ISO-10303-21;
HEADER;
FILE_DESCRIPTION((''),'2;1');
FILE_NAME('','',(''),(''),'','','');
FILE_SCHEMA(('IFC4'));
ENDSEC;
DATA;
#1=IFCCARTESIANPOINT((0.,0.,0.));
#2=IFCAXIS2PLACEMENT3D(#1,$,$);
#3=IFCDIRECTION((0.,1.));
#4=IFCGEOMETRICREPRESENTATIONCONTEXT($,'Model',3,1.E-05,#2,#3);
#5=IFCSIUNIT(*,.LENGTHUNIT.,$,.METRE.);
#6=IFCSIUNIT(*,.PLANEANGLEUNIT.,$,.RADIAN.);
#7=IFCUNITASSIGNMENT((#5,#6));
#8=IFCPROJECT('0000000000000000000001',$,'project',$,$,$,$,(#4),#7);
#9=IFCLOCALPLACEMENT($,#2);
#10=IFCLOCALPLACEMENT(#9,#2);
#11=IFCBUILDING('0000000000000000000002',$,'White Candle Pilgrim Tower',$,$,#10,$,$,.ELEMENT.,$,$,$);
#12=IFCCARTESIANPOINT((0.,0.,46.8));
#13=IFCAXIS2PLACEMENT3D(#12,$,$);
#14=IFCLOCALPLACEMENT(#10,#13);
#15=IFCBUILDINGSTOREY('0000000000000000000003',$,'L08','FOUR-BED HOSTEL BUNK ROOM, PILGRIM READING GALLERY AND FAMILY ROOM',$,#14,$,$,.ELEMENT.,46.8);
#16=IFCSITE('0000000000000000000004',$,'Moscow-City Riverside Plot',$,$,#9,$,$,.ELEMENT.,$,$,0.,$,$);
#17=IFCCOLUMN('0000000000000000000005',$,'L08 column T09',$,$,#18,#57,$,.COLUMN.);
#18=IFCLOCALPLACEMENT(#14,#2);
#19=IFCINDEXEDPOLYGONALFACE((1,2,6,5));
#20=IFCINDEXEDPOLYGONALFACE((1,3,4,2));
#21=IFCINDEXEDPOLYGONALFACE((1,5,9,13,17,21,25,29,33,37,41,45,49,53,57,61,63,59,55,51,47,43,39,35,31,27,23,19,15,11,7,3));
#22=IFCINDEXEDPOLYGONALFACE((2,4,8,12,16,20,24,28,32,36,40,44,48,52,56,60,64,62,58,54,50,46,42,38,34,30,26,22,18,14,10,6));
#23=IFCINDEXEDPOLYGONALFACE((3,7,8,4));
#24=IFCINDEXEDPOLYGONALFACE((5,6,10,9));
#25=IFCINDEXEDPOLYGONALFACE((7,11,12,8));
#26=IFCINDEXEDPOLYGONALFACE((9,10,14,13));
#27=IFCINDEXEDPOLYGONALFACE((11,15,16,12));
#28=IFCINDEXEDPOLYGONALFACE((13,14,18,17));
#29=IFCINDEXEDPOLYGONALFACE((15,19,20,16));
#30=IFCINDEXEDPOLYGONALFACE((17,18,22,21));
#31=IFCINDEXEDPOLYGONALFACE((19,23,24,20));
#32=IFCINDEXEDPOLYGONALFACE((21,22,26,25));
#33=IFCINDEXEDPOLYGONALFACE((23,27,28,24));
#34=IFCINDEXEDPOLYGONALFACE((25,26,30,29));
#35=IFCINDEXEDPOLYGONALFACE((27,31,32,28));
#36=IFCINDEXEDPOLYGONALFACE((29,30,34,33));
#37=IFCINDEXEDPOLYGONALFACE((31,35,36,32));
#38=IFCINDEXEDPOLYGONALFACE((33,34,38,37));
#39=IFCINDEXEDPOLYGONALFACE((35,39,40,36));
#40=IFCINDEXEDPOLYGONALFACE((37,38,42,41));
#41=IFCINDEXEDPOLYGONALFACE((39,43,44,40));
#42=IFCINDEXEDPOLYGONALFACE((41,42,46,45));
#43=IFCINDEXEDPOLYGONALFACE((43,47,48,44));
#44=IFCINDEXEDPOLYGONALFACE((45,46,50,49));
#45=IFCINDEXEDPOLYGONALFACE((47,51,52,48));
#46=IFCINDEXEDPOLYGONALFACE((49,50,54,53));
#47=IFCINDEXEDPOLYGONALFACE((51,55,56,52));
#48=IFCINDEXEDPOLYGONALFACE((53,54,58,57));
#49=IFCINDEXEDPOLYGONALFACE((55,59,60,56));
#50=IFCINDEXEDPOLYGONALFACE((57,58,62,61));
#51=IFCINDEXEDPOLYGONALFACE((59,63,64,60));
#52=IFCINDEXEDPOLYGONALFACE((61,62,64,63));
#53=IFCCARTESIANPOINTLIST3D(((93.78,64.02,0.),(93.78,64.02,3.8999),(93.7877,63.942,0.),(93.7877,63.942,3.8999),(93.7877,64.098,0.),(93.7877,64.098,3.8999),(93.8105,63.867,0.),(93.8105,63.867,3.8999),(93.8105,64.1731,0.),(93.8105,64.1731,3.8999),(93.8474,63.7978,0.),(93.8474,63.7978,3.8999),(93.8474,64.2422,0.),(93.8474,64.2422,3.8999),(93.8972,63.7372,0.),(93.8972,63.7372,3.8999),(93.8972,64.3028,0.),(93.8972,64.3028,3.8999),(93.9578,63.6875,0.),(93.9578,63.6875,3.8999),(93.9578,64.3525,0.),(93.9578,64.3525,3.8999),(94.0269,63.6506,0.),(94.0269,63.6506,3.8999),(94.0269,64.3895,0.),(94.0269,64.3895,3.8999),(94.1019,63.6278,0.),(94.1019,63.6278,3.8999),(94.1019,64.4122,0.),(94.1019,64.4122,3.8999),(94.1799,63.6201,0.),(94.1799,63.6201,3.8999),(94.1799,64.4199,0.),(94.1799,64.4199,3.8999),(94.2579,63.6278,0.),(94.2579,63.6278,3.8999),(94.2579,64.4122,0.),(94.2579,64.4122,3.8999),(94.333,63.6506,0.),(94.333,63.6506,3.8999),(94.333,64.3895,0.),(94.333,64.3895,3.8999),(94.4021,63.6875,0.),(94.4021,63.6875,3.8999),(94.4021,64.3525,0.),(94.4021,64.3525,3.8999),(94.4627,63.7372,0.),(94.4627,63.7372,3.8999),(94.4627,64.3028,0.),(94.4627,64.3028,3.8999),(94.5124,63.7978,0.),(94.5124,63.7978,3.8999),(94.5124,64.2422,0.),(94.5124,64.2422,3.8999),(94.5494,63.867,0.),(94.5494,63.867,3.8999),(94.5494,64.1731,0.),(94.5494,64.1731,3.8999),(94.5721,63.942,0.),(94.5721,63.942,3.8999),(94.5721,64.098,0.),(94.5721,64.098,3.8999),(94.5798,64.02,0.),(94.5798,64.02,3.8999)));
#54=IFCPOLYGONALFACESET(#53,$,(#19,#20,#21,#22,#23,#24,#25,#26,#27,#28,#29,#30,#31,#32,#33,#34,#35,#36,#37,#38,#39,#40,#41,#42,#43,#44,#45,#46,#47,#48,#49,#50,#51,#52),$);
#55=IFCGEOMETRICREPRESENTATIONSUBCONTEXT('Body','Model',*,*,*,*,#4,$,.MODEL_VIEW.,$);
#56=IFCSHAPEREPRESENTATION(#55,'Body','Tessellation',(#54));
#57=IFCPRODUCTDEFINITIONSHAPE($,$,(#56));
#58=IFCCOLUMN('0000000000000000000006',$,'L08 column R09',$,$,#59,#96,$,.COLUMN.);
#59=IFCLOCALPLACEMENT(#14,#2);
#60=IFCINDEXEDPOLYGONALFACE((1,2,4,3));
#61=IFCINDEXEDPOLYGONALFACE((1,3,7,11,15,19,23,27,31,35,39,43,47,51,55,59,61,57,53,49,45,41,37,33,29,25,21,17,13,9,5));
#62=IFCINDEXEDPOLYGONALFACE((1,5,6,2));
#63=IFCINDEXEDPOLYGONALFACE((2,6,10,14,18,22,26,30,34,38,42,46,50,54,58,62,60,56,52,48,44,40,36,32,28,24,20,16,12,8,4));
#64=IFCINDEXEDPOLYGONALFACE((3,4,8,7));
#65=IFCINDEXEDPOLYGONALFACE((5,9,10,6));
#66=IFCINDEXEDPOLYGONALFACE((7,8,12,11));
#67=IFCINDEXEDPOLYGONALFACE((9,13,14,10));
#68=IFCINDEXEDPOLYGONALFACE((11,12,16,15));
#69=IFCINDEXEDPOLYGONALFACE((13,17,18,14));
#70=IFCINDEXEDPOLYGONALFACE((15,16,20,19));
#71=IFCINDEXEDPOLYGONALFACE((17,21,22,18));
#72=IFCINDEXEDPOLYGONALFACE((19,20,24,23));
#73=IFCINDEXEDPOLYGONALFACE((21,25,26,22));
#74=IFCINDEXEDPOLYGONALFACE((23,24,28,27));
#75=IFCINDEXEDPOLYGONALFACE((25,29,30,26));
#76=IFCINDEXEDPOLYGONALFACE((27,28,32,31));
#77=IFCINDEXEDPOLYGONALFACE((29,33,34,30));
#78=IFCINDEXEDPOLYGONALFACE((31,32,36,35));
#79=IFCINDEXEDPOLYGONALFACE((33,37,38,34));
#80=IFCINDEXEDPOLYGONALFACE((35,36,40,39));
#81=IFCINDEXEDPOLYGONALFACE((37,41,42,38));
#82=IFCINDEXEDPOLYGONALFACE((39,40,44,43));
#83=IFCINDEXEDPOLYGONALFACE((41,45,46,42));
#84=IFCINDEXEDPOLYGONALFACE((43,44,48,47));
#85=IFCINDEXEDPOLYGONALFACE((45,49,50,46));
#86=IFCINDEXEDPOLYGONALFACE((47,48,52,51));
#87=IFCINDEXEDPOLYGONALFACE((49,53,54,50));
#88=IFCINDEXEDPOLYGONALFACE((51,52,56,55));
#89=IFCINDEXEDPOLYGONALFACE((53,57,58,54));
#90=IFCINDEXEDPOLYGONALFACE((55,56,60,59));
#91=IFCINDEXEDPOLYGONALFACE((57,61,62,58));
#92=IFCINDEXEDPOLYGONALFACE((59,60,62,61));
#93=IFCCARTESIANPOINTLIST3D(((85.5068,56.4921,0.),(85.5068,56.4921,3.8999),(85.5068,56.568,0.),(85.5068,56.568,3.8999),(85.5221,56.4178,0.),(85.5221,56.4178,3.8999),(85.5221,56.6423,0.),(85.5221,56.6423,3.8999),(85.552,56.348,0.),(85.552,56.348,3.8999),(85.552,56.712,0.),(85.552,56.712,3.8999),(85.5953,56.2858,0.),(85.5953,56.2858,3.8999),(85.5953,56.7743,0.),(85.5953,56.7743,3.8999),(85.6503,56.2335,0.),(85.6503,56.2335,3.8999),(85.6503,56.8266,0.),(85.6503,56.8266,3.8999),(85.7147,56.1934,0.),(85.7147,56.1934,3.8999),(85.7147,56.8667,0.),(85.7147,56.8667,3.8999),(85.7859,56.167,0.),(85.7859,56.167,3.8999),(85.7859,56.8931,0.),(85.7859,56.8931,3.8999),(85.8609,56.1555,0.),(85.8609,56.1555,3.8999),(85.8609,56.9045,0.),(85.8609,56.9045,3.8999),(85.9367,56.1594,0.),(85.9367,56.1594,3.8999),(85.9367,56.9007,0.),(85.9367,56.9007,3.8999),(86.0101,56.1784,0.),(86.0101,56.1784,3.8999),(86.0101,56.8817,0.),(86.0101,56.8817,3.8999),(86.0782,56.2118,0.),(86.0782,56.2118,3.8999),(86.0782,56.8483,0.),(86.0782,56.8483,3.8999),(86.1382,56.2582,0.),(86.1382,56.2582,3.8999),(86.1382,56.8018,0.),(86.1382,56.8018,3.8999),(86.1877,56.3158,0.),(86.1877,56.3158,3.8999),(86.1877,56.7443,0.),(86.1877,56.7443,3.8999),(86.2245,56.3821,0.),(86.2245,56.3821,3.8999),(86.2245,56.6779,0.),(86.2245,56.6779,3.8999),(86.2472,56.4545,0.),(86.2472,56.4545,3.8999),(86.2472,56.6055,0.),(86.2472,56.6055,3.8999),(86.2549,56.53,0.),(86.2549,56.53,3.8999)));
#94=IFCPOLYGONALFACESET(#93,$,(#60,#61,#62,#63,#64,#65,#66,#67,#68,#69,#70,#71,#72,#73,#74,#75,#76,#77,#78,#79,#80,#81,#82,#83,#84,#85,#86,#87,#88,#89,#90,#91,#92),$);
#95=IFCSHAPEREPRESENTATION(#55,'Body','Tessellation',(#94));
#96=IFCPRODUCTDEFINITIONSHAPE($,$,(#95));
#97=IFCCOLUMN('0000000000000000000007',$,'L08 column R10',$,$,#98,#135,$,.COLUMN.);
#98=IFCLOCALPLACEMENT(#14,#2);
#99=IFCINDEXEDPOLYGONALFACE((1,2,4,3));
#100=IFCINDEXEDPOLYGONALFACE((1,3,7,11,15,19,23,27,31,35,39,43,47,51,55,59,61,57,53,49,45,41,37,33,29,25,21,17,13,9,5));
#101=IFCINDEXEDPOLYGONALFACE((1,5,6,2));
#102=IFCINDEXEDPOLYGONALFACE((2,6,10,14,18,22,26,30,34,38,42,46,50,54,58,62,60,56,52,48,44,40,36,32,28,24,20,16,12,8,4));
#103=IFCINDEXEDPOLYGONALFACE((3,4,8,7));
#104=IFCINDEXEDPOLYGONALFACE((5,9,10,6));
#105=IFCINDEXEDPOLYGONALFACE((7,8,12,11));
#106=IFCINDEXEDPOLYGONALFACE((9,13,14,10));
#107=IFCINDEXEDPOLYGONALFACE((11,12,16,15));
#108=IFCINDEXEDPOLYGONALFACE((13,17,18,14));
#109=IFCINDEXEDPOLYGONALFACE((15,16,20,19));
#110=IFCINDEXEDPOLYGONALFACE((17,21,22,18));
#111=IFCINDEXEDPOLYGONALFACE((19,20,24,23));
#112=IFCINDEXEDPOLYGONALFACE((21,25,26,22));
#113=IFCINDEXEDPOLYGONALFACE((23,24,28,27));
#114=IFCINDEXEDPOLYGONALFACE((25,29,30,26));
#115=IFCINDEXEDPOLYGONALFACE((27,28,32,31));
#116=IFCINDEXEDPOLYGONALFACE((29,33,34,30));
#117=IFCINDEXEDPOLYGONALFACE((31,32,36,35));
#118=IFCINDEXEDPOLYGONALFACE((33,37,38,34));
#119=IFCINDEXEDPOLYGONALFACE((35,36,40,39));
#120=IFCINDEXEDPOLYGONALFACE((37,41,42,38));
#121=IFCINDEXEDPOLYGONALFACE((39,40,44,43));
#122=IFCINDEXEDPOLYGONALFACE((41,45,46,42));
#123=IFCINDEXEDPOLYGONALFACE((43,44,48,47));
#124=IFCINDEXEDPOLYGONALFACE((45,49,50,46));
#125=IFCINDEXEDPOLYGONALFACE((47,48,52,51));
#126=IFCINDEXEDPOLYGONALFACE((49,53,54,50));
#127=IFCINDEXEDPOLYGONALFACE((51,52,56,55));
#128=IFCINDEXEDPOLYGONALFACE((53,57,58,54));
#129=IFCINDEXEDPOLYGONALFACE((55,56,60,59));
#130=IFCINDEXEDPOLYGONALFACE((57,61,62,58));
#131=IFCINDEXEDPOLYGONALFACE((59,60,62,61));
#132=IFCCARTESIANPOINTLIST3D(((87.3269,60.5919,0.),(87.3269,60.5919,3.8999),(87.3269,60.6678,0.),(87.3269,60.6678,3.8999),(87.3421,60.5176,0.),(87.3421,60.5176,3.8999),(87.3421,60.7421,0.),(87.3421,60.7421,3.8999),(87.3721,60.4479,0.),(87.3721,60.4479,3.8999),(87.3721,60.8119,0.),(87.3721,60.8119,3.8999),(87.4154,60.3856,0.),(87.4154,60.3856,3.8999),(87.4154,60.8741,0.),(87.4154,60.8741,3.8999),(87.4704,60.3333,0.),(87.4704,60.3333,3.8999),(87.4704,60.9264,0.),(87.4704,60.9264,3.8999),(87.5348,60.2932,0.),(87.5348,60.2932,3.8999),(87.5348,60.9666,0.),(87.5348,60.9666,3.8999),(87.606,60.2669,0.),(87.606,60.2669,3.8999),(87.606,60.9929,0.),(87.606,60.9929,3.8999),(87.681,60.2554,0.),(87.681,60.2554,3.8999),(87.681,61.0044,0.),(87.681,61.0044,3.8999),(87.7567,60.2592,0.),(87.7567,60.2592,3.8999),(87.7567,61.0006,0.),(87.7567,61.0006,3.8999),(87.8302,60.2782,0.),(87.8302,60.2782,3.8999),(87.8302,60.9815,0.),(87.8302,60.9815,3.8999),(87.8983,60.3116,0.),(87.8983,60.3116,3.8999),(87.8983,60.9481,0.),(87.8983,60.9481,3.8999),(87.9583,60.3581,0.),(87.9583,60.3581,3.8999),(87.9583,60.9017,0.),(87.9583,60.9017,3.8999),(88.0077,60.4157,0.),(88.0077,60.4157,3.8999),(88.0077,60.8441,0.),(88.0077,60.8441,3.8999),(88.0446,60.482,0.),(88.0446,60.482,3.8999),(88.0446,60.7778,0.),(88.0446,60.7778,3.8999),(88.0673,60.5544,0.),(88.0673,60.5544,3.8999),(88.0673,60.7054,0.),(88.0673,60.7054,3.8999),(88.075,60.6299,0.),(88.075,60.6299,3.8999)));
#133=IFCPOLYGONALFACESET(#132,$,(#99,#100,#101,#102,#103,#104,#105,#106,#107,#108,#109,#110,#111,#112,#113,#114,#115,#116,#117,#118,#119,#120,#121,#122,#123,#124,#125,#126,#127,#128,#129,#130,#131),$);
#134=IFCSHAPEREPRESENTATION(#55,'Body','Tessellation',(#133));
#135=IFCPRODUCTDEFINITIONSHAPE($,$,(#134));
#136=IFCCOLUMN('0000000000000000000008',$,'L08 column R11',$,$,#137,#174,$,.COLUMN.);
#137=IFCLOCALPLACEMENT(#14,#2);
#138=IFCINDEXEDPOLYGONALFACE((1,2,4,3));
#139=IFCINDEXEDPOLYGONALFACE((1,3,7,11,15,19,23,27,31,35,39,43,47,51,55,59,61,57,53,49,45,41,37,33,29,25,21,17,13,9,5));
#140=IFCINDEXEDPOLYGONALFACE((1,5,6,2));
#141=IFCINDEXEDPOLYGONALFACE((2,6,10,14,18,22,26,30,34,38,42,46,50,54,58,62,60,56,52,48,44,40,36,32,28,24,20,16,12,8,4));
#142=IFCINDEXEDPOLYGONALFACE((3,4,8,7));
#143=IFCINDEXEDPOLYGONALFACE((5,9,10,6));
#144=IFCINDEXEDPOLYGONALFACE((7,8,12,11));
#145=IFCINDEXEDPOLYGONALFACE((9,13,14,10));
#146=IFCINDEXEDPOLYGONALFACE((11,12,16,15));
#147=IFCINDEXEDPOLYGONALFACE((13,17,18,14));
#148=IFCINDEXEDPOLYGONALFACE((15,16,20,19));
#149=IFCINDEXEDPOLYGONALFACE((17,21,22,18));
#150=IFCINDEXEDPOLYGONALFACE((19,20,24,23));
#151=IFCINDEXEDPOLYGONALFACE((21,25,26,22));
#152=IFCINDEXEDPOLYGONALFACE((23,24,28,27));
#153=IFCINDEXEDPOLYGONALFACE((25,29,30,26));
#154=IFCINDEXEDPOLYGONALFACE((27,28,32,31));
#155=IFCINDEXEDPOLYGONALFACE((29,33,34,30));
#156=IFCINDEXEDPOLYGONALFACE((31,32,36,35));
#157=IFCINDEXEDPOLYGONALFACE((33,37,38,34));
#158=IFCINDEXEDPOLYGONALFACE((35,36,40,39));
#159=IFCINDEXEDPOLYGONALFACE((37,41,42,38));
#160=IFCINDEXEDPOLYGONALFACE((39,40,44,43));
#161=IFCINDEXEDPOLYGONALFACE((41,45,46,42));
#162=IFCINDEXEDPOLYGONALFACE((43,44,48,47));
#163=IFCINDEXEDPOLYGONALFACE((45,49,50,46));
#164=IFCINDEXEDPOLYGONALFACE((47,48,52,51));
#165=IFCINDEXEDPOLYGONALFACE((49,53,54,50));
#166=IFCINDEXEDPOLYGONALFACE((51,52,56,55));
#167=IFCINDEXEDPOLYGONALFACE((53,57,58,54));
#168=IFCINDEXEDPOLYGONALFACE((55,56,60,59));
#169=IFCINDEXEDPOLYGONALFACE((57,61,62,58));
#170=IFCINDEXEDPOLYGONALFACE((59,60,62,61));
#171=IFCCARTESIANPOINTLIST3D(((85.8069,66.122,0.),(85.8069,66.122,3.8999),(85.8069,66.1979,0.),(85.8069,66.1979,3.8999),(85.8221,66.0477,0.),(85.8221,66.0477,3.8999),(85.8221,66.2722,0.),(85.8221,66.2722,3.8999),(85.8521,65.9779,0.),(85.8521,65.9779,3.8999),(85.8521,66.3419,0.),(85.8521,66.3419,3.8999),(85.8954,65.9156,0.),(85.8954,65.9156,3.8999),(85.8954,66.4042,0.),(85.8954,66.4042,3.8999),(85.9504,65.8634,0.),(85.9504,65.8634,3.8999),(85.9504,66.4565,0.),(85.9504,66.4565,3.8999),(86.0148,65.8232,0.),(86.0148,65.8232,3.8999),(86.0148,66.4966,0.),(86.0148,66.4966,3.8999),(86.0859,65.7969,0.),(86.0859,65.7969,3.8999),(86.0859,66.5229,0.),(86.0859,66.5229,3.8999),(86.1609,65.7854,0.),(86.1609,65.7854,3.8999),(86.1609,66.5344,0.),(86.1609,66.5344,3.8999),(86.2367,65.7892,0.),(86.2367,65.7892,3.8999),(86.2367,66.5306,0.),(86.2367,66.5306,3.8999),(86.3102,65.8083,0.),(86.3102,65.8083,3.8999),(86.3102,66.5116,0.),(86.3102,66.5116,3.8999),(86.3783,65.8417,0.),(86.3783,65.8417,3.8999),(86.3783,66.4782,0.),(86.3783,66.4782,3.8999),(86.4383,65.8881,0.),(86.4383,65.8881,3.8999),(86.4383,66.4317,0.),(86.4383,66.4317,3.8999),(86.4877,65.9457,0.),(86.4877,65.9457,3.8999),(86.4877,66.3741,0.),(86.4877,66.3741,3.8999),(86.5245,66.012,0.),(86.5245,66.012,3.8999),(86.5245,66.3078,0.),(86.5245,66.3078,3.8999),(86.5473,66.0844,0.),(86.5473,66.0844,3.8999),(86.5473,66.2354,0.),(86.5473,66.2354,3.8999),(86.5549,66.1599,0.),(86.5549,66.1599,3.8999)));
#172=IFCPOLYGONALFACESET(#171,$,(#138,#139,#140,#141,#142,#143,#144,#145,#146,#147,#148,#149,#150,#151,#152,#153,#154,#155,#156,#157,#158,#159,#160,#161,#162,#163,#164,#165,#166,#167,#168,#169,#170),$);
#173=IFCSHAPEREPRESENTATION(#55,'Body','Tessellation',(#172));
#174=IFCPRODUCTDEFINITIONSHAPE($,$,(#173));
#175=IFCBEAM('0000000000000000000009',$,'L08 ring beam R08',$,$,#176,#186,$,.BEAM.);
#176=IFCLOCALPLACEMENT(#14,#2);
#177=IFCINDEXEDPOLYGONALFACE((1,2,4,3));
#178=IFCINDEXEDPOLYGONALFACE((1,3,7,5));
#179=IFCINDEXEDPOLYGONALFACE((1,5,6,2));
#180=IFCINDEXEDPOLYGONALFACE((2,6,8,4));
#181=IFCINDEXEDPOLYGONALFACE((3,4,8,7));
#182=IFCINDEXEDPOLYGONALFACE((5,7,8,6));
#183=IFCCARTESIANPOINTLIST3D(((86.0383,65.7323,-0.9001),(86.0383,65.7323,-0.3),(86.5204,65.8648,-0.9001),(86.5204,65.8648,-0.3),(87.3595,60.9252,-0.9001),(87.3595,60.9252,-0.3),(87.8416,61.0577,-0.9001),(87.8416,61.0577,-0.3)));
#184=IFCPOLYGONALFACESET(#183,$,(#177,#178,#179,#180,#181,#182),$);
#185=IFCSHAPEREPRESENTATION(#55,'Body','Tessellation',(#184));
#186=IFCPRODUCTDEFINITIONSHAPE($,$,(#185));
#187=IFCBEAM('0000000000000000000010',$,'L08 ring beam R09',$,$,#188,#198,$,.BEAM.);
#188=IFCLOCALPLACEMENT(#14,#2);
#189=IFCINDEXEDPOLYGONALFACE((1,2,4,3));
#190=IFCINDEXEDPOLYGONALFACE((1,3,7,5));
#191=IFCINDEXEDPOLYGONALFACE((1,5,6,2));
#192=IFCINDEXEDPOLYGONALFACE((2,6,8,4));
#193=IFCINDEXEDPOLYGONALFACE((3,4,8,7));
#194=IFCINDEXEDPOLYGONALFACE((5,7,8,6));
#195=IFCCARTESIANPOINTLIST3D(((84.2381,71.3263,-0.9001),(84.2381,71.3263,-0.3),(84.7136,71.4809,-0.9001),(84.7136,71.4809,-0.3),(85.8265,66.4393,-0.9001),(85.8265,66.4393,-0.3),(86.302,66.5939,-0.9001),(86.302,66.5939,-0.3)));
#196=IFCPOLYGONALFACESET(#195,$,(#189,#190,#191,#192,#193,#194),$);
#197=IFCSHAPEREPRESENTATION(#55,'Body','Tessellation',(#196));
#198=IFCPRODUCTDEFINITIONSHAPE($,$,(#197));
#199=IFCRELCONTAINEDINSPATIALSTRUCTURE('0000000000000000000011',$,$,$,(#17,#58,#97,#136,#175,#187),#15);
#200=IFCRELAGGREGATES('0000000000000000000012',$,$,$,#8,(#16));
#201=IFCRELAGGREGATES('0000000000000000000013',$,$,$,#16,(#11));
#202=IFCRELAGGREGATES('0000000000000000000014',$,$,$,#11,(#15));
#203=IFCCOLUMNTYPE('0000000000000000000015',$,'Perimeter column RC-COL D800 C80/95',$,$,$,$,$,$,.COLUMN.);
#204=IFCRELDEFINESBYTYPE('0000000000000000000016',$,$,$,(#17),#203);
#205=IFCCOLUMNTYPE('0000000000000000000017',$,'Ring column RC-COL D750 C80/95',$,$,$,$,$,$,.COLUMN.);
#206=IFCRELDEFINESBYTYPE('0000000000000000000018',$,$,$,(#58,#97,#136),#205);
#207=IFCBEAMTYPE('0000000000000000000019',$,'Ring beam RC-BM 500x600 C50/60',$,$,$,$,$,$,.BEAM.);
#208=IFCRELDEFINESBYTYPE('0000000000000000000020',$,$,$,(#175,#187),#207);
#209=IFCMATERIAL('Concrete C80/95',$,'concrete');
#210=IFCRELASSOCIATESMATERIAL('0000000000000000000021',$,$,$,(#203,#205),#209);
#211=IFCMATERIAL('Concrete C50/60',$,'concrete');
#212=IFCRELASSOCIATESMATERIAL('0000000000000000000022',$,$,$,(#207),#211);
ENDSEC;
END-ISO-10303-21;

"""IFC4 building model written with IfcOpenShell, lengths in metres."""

from ifc_helpers import new_model, si_unit, direction, frame, origin, origin_2d, place, context, subcontext, project, spatial, rectangle, circle, extrude, material, material_profile, profile_set, type_object, element, save


model = new_model("IFC4")

# Units and contexts
model_context = context("Model", 3, precision=1e-05, world=origin(), true_north=direction((0.0, 1.0)))
body_context = subcontext(model_context, "Body", "Model", "MODEL_VIEW")
ifc_project = project(units=[si_unit("LENGTHUNIT", "METRE"), si_unit("PLANEANGLEUNIT", "RADIAN")], contexts=[model_context])

# Site, building, storey
site_placement = place(None, origin())
site = spatial("IfcSite", under=ifc_project, at=site_placement, Name="Moscow-City Riverside Plot", CompositionType="ELEMENT", RefElevation=0.0)
building_placement = place(site_placement, origin())
building = spatial("IfcBuilding", under=site, at=building_placement, Name="White Candle Pilgrim Tower", CompositionType="ELEMENT")
storey_placement = place(building_placement, frame((0.0, 0.0, 46.8)))
storey = spatial("IfcBuildingStorey", under=building, at=storey_placement, Name="L08", Description="FOUR-BED HOSTEL BUNK ROOM, PILGRIM READING GALLERY AND FAMILY ROOM", CompositionType="ELEMENT", Elevation=46.8)

# Columns
ifc_material_1 = material(Name="Concrete C80/95", Category="concrete")
ifc_material_profile_1 = material_profile(ifc_material_1, circle(Radius=0.3999, at=origin_2d()), Name="RC-COL D800")
ifc_profile_set_1 = profile_set([ifc_material_profile_1], Name="Concrete C80/95")
column_type_1 = type_object("IfcColumnType", Name="Perimeter column RC-COL D800 C80/95", PredefinedType="COLUMN", material=ifc_profile_set_1)
column_placement = place(storey_placement, frame((94.1799, 64.02, 0.0), z_axis=(0.0, 0.0, 1.0), x_axis=(1.0, 0.0, 0.0)))
element("IfcColumn", 1, at=column_placement, inside=storey, type_object=column_type_1, Name="L08 column T09", PredefinedType="COLUMN", context=body_context, shape_type="SweptSolid", body=[
    extrude(circle(Radius=0.3999, at=origin_2d()), origin(), (0.0, 0.0, 1.0), 3.8999),
])
ifc_material_profile_2 = material_profile(ifc_material_1, circle(Radius=0.375, at=origin_2d()), Name="RC-COL D750")
ifc_profile_set_2 = profile_set([ifc_material_profile_2], Name="Concrete C80/95")
column_type_2 = type_object("IfcColumnType", Name="Ring column RC-COL D750 C80/95", PredefinedType="COLUMN", material=ifc_profile_set_2)
for number, where, z_axis, x_axis, name in (
    (2, (85.8799, 56.53, 0.0), (0.0, 0.0, 1.0), (1.0, 0.0, 0.0), "L08 column R09"),
    (3, (87.7, 60.6299, 0.0), (0.0, 0.0, 1.0), (1.0, 0.0, 0.0), "L08 column R10"),
    (4, (86.1799, 66.1599, 0.0), (0.0, 0.0, 1.0), (1.0, 0.0, 0.0), "L08 column R11"),
):
    element("IfcColumn", number, at=place(storey_placement, frame(where, z_axis=z_axis, x_axis=x_axis)), inside=storey, type_object=column_type_2, Name=name, PredefinedType="COLUMN", context=body_context, shape_type="SweptSolid", body=[
        extrude(circle(Radius=0.375, at=origin_2d()), origin(), (0.0, 0.0, 1.0), 3.8999),
    ])

# Beams
ifc_material_2 = material(Name="Concrete C50/60", Category="concrete")
ifc_material_profile_3 = material_profile(ifc_material_2, rectangle(XDim=0.5, YDim=0.6001, at=origin_2d()), Name="RC-BM 500x600")
ifc_profile_set_3 = profile_set([ifc_material_profile_3], Name="Concrete C50/60")
beam_type_1 = type_object("IfcBeamType", Name="Ring beam RC-BM 500x600 C50/60", PredefinedType="BEAM", material=ifc_profile_set_3)
beam_1_placement = place(storey_placement, frame((87.6006, 60.9915, -0.6001), z_axis=(-0.265031, 0.96424, 0.0), x_axis=(-0.96424, -0.265031, 0.0)))
element("IfcBeam", 5, at=beam_1_placement, inside=storey, type_object=beam_type_1, Name="L08 ring beam R08", PredefinedType="BEAM", context=body_context, shape_type="SweptSolid", body=[
    extrude(rectangle(XDim=0.5, YDim=0.6001, at=origin_2d()), origin(), (0.0, 0.0, 1.0), 4.9854),
])
beam_2_placement = place(storey_placement, frame((86.0642, 66.5166, -0.6001), z_axis=(-0.309106, 0.951027, 0.0), x_axis=(-0.951027, -0.309106, 0.0)))
element("IfcBeam", 6, at=beam_2_placement, inside=storey, type_object=beam_type_1, Name="L08 ring beam R09", PredefinedType="BEAM", context=body_context, shape_type="SweptSolid", body=[
    extrude(rectangle(XDim=0.5, YDim=0.6001, at=origin_2d()), origin(), (0.0, 0.0, 1.0), 5.1387),
])

save(model, "model.ifc")
